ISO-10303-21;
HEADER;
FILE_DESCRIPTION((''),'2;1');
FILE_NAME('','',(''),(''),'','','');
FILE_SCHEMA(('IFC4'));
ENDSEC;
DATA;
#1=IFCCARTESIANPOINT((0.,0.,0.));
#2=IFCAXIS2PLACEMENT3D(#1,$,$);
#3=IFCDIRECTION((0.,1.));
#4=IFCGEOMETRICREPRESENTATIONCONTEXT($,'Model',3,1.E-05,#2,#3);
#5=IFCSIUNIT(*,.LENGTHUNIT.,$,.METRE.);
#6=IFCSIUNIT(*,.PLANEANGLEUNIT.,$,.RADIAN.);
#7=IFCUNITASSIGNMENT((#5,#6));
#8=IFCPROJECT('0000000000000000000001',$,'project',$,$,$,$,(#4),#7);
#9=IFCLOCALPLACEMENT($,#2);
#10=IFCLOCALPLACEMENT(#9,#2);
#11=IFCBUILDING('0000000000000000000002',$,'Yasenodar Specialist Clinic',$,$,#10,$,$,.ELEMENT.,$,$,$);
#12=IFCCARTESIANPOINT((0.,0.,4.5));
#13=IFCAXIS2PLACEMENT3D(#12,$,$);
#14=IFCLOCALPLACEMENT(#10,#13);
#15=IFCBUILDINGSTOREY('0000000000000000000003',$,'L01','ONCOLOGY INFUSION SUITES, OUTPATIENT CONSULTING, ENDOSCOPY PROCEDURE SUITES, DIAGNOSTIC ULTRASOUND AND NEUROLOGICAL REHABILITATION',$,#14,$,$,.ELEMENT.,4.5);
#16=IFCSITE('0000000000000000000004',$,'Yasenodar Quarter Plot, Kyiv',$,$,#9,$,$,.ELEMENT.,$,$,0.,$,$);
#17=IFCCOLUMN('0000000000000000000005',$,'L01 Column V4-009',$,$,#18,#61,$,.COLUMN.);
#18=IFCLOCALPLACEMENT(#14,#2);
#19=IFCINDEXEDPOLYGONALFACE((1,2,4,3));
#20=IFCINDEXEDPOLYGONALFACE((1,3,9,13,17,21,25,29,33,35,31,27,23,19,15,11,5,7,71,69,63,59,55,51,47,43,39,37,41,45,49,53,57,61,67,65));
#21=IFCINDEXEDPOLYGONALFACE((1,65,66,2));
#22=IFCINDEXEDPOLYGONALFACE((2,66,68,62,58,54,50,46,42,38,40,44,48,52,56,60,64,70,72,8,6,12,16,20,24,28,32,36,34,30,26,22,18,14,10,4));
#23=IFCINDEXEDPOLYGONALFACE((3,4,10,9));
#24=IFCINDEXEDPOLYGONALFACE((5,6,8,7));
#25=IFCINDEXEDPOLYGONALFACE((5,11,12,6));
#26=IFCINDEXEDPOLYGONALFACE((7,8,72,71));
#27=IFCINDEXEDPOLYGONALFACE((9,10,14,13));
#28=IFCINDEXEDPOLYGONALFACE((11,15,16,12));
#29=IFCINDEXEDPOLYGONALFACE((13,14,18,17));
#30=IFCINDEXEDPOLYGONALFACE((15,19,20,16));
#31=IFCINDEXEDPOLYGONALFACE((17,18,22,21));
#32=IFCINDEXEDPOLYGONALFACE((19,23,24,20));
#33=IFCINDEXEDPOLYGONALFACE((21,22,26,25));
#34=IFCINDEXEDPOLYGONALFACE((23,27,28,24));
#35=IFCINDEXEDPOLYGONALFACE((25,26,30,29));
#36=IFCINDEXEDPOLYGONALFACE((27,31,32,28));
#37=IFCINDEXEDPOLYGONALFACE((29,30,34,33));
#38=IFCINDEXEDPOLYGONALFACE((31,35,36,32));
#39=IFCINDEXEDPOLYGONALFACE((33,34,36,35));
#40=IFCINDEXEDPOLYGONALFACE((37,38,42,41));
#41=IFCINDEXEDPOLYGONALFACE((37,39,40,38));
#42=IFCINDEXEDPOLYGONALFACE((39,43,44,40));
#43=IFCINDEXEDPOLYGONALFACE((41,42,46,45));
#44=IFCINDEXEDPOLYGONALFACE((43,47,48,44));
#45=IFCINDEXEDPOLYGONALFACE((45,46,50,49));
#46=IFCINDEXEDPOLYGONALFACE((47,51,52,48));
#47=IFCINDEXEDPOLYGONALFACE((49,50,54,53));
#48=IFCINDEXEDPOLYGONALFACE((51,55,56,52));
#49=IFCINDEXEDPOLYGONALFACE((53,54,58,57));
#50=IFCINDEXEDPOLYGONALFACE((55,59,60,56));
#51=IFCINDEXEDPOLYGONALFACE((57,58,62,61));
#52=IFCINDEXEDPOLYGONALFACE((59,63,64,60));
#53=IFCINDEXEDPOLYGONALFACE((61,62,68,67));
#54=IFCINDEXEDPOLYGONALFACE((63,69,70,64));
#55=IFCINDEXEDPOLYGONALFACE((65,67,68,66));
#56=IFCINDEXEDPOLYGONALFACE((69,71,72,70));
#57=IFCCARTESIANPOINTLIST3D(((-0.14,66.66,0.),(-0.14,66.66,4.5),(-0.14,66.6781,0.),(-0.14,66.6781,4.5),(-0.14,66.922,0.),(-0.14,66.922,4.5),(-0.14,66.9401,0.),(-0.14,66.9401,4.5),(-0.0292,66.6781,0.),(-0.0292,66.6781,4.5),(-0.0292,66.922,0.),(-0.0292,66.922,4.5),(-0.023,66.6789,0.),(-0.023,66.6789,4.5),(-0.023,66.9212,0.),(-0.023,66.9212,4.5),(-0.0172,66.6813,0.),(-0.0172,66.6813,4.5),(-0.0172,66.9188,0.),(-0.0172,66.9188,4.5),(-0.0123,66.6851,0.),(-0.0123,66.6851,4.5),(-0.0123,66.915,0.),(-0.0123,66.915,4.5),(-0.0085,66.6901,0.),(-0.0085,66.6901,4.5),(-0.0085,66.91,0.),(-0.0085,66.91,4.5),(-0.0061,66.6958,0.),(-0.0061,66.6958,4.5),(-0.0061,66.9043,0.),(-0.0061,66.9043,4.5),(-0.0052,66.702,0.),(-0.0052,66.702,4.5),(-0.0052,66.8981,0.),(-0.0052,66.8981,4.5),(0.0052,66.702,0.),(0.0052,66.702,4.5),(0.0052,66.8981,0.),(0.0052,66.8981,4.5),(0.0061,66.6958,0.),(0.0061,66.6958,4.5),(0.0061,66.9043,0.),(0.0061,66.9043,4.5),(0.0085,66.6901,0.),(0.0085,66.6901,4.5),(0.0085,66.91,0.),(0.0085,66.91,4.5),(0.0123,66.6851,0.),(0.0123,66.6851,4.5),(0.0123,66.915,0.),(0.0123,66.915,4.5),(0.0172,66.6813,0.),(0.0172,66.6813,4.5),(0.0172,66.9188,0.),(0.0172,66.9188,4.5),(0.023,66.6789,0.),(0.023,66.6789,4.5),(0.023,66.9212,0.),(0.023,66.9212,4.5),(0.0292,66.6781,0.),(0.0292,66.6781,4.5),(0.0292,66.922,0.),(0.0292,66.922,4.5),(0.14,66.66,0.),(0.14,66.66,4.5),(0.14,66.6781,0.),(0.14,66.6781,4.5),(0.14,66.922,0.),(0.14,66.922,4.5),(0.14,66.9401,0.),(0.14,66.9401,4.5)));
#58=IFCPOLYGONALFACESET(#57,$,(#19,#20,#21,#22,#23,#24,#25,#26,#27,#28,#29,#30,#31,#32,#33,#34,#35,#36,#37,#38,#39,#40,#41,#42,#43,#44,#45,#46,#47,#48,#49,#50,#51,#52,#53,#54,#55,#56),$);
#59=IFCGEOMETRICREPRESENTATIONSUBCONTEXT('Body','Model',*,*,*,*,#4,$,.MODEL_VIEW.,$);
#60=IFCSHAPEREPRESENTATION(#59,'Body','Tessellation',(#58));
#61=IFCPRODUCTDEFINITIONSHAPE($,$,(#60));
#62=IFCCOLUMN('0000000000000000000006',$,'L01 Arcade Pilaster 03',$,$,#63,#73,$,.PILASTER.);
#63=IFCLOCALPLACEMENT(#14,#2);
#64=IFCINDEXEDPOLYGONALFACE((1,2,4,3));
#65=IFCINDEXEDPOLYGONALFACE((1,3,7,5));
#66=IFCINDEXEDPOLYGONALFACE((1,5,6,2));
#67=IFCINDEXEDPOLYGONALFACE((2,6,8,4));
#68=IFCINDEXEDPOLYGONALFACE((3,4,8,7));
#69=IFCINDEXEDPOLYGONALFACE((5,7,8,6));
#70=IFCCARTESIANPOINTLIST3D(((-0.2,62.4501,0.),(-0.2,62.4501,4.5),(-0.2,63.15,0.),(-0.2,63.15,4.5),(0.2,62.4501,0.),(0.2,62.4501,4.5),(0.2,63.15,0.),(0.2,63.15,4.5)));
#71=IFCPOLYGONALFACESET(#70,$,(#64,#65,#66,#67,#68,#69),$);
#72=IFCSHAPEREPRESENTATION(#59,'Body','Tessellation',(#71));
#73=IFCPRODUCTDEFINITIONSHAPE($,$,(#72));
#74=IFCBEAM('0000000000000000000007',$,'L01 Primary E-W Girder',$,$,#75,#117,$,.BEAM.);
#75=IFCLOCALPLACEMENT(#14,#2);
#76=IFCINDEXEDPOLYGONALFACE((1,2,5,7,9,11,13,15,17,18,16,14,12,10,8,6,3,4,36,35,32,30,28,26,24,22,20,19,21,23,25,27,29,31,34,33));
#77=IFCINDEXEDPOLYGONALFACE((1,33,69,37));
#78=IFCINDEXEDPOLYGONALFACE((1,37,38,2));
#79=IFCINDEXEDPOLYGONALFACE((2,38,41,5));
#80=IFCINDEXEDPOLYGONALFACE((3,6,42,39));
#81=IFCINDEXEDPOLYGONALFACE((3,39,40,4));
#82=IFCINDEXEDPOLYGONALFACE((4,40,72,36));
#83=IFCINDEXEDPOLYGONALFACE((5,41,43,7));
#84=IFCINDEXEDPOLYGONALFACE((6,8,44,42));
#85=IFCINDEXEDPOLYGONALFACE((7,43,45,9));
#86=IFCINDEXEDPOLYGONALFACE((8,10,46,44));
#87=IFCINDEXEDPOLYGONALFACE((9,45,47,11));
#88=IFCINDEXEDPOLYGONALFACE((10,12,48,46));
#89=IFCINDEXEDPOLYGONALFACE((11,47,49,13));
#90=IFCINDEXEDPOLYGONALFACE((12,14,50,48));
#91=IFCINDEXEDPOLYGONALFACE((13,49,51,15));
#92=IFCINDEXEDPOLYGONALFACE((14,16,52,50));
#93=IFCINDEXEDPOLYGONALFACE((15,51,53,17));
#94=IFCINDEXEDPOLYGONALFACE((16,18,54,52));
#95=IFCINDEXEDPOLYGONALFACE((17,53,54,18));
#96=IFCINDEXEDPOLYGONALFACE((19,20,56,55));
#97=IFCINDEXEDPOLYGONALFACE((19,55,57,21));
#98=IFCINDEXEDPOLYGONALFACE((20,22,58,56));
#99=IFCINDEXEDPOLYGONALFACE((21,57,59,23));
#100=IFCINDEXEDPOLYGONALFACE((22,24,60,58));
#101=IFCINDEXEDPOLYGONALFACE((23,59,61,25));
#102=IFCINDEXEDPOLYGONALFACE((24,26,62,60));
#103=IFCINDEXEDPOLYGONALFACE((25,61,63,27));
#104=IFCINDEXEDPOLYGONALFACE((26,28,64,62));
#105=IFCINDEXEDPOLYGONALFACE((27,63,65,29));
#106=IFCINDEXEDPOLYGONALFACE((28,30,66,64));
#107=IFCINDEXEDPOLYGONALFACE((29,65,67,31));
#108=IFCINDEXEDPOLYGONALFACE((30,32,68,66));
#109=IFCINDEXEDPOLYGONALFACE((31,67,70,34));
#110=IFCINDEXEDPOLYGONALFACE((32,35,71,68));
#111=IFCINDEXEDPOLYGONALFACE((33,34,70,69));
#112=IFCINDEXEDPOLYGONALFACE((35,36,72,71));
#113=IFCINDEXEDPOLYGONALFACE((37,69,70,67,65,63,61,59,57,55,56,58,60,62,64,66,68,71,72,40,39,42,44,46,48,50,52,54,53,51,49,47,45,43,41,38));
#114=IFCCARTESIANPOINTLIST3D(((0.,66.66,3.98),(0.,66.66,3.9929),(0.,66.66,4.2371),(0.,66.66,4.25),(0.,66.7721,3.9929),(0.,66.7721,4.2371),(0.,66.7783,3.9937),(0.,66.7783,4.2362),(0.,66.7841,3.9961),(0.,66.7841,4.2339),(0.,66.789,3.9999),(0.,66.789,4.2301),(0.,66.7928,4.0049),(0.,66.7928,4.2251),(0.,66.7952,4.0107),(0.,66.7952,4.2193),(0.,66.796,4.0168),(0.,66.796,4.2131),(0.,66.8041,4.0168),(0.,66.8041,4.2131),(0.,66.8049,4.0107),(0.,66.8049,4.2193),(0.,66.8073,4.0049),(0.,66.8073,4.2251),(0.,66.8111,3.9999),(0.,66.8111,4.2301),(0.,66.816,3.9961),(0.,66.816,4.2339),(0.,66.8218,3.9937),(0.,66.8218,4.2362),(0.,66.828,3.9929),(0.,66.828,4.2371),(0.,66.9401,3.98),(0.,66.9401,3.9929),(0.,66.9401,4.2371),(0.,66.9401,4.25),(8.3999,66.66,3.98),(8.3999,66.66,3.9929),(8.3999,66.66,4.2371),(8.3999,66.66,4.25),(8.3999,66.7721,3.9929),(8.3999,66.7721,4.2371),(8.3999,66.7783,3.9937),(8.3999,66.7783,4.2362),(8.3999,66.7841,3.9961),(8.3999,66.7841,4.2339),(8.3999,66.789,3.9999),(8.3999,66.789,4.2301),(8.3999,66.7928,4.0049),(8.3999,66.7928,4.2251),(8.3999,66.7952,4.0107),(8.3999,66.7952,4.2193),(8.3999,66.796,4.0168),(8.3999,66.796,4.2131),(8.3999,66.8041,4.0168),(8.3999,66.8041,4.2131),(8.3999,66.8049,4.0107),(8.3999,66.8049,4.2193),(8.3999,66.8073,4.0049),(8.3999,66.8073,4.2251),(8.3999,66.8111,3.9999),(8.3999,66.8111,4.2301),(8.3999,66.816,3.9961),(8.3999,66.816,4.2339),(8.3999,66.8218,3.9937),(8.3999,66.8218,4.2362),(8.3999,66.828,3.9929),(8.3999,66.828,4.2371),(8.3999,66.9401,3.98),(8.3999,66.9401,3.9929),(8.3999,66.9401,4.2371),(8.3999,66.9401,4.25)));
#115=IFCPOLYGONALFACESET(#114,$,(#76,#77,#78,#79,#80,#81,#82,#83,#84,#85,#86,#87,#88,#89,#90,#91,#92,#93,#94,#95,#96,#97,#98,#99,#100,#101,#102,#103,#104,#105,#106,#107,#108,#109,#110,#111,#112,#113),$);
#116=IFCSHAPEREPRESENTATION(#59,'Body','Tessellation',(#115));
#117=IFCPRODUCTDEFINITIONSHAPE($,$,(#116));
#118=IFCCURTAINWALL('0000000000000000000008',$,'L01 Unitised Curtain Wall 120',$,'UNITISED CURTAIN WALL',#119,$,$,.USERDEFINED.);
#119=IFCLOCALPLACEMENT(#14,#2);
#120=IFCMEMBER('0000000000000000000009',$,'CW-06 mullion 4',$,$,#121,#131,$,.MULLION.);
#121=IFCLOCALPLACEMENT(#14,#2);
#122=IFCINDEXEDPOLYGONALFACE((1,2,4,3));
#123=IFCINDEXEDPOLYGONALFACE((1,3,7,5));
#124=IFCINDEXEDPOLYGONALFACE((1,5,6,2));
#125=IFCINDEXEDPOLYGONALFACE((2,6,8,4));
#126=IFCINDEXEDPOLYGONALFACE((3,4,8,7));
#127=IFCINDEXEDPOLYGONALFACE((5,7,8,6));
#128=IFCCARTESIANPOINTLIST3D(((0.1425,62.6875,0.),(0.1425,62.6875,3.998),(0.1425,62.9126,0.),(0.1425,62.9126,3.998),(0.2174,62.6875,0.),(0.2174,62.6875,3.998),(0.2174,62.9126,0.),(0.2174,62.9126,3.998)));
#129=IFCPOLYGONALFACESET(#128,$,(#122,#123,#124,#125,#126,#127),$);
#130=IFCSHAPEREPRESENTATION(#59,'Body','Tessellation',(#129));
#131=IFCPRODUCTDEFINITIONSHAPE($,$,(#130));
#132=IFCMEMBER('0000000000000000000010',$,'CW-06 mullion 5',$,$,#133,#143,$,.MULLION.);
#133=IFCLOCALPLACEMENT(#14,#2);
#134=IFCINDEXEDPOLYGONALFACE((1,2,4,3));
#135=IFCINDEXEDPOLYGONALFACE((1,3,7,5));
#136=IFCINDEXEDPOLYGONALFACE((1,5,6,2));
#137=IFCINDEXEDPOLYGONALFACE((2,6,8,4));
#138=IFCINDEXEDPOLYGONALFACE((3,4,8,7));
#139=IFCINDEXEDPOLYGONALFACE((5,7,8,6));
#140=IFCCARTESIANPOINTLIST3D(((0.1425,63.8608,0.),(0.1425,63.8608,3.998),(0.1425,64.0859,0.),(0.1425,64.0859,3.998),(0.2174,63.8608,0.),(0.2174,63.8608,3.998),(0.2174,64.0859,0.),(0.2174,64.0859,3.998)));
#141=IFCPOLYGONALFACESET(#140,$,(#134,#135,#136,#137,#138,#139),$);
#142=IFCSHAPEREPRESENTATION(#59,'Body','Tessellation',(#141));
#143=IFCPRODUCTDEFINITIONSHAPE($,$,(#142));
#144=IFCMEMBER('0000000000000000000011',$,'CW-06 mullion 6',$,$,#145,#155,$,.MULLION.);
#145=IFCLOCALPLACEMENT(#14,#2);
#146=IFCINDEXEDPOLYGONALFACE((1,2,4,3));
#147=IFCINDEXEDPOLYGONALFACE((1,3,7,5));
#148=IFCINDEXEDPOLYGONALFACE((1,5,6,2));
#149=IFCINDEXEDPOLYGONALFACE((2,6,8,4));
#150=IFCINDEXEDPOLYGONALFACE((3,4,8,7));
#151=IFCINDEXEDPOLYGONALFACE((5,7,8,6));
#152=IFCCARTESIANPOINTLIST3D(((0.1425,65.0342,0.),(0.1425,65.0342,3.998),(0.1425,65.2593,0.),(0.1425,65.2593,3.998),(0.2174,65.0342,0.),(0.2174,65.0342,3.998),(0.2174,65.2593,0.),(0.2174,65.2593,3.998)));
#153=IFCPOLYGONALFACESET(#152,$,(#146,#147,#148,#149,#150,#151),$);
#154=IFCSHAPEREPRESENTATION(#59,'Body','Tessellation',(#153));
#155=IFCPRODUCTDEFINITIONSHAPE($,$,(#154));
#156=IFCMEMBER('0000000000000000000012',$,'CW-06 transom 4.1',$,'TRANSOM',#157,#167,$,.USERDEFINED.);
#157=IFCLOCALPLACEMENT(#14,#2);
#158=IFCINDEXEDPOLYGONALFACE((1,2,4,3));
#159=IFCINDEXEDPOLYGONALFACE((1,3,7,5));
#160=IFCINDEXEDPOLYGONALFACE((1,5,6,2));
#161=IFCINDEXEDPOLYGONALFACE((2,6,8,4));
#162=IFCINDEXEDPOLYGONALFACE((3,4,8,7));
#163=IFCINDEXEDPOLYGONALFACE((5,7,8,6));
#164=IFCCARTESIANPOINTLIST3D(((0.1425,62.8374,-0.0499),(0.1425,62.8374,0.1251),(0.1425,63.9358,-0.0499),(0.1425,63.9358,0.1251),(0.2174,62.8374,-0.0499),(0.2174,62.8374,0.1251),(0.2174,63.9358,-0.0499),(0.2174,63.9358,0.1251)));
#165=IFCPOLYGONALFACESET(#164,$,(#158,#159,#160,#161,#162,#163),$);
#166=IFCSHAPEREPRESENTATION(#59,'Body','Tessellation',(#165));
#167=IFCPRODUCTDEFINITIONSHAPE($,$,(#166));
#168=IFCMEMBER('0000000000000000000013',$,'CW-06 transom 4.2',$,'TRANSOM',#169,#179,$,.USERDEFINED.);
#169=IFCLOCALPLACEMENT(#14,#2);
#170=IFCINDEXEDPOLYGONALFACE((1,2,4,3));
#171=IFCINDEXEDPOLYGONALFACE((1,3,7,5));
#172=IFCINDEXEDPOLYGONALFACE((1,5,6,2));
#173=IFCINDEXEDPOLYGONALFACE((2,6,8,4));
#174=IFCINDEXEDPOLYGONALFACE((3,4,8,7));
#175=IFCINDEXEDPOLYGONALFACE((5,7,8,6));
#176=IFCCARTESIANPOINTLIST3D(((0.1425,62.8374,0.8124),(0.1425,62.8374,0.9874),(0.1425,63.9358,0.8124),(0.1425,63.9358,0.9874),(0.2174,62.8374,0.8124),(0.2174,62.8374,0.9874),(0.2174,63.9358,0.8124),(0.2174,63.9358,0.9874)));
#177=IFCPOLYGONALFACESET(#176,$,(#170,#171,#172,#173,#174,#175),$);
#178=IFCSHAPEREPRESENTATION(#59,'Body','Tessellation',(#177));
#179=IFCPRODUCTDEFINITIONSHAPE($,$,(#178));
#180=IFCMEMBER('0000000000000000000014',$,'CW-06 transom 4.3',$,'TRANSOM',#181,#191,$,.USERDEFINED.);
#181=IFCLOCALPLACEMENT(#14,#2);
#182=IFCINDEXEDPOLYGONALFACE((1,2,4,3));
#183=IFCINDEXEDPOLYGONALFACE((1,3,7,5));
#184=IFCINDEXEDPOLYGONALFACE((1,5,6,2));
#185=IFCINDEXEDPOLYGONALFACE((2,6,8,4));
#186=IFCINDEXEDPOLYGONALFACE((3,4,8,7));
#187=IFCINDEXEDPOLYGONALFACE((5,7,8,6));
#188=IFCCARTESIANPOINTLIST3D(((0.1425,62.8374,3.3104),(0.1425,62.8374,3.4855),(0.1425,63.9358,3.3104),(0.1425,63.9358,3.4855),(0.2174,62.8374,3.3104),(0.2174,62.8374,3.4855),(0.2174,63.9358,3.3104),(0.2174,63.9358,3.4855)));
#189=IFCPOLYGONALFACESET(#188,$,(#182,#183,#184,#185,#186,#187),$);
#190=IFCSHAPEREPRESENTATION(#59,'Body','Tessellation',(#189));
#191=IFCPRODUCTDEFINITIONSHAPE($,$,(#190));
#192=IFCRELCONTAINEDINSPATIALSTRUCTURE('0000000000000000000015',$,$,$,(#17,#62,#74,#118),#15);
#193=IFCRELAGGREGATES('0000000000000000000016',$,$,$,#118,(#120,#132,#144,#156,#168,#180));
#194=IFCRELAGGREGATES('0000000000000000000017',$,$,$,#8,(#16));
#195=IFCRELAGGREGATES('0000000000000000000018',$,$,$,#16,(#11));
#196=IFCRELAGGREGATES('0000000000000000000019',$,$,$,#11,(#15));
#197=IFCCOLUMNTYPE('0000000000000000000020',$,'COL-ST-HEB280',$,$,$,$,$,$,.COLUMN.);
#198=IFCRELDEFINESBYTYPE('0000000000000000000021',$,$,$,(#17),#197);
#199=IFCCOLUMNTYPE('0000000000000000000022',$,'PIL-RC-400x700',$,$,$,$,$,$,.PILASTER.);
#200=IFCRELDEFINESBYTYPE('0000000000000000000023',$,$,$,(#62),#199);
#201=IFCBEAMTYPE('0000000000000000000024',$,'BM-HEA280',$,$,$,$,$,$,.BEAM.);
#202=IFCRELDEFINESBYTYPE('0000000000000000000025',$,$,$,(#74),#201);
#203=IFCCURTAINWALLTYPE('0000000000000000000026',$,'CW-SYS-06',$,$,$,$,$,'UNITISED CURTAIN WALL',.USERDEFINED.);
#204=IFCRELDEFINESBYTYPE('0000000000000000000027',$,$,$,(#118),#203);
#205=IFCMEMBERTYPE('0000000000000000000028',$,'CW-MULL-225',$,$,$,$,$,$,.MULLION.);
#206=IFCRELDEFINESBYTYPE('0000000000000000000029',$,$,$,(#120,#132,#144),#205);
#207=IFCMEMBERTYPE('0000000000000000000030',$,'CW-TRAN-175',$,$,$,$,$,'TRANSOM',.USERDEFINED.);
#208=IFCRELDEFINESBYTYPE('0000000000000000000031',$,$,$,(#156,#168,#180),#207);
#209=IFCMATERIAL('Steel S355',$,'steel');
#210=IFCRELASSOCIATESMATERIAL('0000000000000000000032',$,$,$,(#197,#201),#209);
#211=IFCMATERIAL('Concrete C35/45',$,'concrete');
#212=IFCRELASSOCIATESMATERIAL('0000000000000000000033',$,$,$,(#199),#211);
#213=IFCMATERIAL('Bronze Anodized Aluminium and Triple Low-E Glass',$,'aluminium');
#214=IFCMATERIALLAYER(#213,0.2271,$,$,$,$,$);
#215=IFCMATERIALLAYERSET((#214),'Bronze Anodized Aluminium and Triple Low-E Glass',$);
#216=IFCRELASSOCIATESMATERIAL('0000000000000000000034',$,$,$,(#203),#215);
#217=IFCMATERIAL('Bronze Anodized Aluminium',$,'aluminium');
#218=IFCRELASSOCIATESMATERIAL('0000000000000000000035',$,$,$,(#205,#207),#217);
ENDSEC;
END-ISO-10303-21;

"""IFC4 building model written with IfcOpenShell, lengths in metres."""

from ifc_helpers import new_model, si_unit, direction, frame, origin, origin_2d, place, context, subcontext, project, spatial, rectangle, i_section, extrude, material, layer, layer_set, material_profile, profile_set, type_object, element, aggregate, save


model = new_model("IFC4")

# Units and contexts
model_context = context("Model", 3, precision=1e-05, world=origin(), true_north=direction((0.0, 1.0)))
body_context = subcontext(model_context, "Body", "Model", "MODEL_VIEW")
ifc_project = project(units=[si_unit("LENGTHUNIT", "METRE"), si_unit("PLANEANGLEUNIT", "RADIAN")], contexts=[model_context])

# Site, building, storey
site_placement = place(None, origin())
site = spatial("IfcSite", under=ifc_project, at=site_placement, Name="Yasenodar Quarter Plot, Kyiv", CompositionType="ELEMENT", RefElevation=0.0)
building_placement = place(site_placement, origin())
building = spatial("IfcBuilding", under=site, at=building_placement, Name="Yasenodar Specialist Clinic", CompositionType="ELEMENT")
storey_placement = place(building_placement, frame((0.0, 0.0, 4.5)))
storey = spatial("IfcBuildingStorey", under=building, at=storey_placement, Name="L01", Description="ONCOLOGY INFUSION SUITES, OUTPATIENT CONSULTING, ENDOSCOPY PROCEDURE SUITES, DIAGNOSTIC ULTRASOUND AND NEUROLOGICAL REHABILITATION", CompositionType="ELEMENT", Elevation=4.5)

# Columns
ifc_material_1 = material(Name="Steel S355", Category="steel")
ifc_material_profile_1 = material_profile(ifc_material_1, i_section(OverallWidth=0.28, OverallDepth=0.28, WebThickness=0.0105, FlangeThickness=0.0181, FilletRadius=0.0239, at=origin_2d()), Name="HEB 280")
ifc_profile_set_1 = profile_set([ifc_material_profile_1], Name="Steel S355")
column_type_1 = type_object("IfcColumnType", Name="COL-ST-HEB280", PredefinedType="COLUMN", material=ifc_profile_set_1)
column_1_placement = place(storey_placement, frame((0.0, 66.8, 0.0), z_axis=(0.0, 0.0, 1.0), x_axis=(1.0, 0.0, 0.0)))
element("IfcColumn", 1, at=column_1_placement, inside=storey, type_object=column_type_1, Name="L01 Column V4-009", PredefinedType="COLUMN", context=body_context, shape_type="SweptSolid", body=[
    extrude(i_section(OverallWidth=0.28, OverallDepth=0.28, WebThickness=0.0105, FlangeThickness=0.0181, FilletRadius=0.0239, at=origin_2d()), origin(), (0.0, 0.0, 1.0), 4.5),
])
ifc_material_2 = material(Name="Concrete C35/45", Category="concrete")
ifc_material_profile_2 = material_profile(ifc_material_2, rectangle(XDim=0.3999, YDim=0.7, at=origin_2d()), Name="RC 400x700")
ifc_profile_set_2 = profile_set([ifc_material_profile_2], Name="Concrete C35/45")
column_type_2 = type_object("IfcColumnType", Name="PIL-RC-400x700", PredefinedType="PILASTER", material=ifc_profile_set_2)
column_2_placement = place(storey_placement, frame((0.0, 62.8, 0.0), z_axis=(0.0, 0.0, 1.0), x_axis=(1.0, 0.0, 0.0)))
element("IfcColumn", 2, at=column_2_placement, inside=storey, type_object=column_type_2, Name="L01 Arcade Pilaster 03", PredefinedType="PILASTER", context=body_context, shape_type="SweptSolid", body=[
    extrude(rectangle(XDim=0.3999, YDim=0.7, at=origin_2d()), origin(), (0.0, 0.0, 1.0), 4.5),
])

# Beam
ifc_material_profile_3 = material_profile(ifc_material_1, i_section(OverallWidth=0.28, OverallDepth=0.27, WebThickness=0.0081, FlangeThickness=0.0129, FilletRadius=0.0239, at=origin_2d()), Name="HEA 280")
ifc_profile_set_3 = profile_set([ifc_material_profile_3], Name="Steel S355")
beam_type_1 = type_object("IfcBeamType", Name="BM-HEA280", PredefinedType="BEAM", material=ifc_profile_set_3)
beam_1_placement = place(storey_placement, frame((0.0, 66.8, 4.115), z_axis=(1.0, 0.0, 0.0), x_axis=(0.0, 1.0, 0.0)))
element("IfcBeam", 3, at=beam_1_placement, inside=storey, type_object=beam_type_1, Name="L01 Primary E-W Girder", PredefinedType="BEAM", context=body_context, shape_type="SweptSolid", body=[
    extrude(i_section(OverallWidth=0.28, OverallDepth=0.27, WebThickness=0.0081, FlangeThickness=0.0129, FilletRadius=0.0239, at=origin_2d()), origin(), (0.0, 0.0, 1.0), 8.3999),
])

# Curtain wall, members
ifc_material_3 = material(Name="Bronze Anodized Aluminium and Triple Low-E Glass", Category="aluminium")
ifc_layer_1 = layer(ifc_material_3, 0.2271)
ifc_layer_set_1 = layer_set([ifc_layer_1], Name="Bronze Anodized Aluminium and Triple Low-E Glass")
curtain_wall_type = type_object("IfcCurtainWallType", Name="CW-SYS-06", ElementType="UNITISED CURTAIN WALL", PredefinedType="USERDEFINED", material=ifc_layer_set_1)
curtain_wall_placement = place(storey_placement, origin())
curtain_wall = element("IfcCurtainWall", 4, at=curtain_wall_placement, inside=storey, type_object=curtain_wall_type, Name="L01 Unitised Curtain Wall 120", ObjectType="UNITISED CURTAIN WALL", PredefinedType="USERDEFINED")
ifc_material_4 = material(Name="Bronze Anodized Aluminium", Category="aluminium")
ifc_material_profile_4 = material_profile(ifc_material_4, rectangle(XDim=0.075, YDim=0.2251, at=origin_2d()), Name="CW-MULL 75x225")
ifc_profile_set_4 = profile_set([ifc_material_profile_4], Name="Bronze Anodized Aluminium")
member_type_1 = type_object("IfcMemberType", Name="CW-MULL-225", PredefinedType="MULLION", material=ifc_profile_set_4)
member_1_placement = place(storey_placement, frame((0.1799, 62.8, 0.0), z_axis=(0.0, 0.0, 1.0), x_axis=(-1.0, 0.0, 0.0)))
member_1 = element("IfcMember", 5, at=member_1_placement, type_object=member_type_1, Name="CW-06 mullion 4", PredefinedType="MULLION", context=body_context, shape_type="SweptSolid", body=[
    extrude(rectangle(XDim=0.075, YDim=0.2251, at=origin_2d()), origin(), (0.0, 0.0, 1.0), 3.998),
])
member_2_placement = place(storey_placement, frame((0.1799, 63.9734, 0.0), z_axis=(0.0, 0.0, 1.0), x_axis=(-1.0, 0.0, 0.0)))
member_2 = element("IfcMember", 6, at=member_2_placement, type_object=member_type_1, Name="CW-06 mullion 5", PredefinedType="MULLION", context=body_context, shape_type="SweptSolid", body=[
    extrude(rectangle(XDim=0.075, YDim=0.2251, at=origin_2d()), origin(), (0.0, 0.0, 1.0), 3.998),
])
member_3_placement = place(storey_placement, frame((0.1799, 65.1467, 0.0), z_axis=(0.0, 0.0, 1.0), x_axis=(-1.0, 0.0, 0.0)))
member_3 = element("IfcMember", 7, at=member_3_placement, type_object=member_type_1, Name="CW-06 mullion 6", PredefinedType="MULLION", context=body_context, shape_type="SweptSolid", body=[
    extrude(rectangle(XDim=0.075, YDim=0.2251, at=origin_2d()), origin(), (0.0, 0.0, 1.0), 3.998),
])
ifc_material_profile_5 = material_profile(ifc_material_4, rectangle(XDim=0.075, YDim=0.175, at=origin_2d()), Name="CW-TRAN 75x175")
ifc_profile_set_5 = profile_set([ifc_material_profile_5], Name="Bronze Anodized Aluminium")
member_type_2 = type_object("IfcMemberType", Name="CW-TRAN-175", ElementType="TRANSOM", PredefinedType="USERDEFINED", material=ifc_profile_set_5)
member_4_placement = place(storey_placement, frame((0.1799, 62.8374, 0.0376), z_axis=(0.0, 1.0, 0.0), x_axis=(-1.0, 0.0, 0.0)))
member_4 = element("IfcMember", 8, at=member_4_placement, type_object=member_type_2, Name="CW-06 transom 4.1", ObjectType="TRANSOM", PredefinedType="USERDEFINED", context=body_context, shape_type="SweptSolid", body=[
    extrude(rectangle(XDim=0.075, YDim=0.175, at=origin_2d()), origin(), (0.0, 0.0, 1.0), 1.0984),
])
member_5_placement = place(storey_placement, frame((0.1799, 62.8374, 0.8999), z_axis=(0.0, 1.0, 0.0), x_axis=(-1.0, 0.0, 0.0)))
member_5 = element("IfcMember", 9, at=member_5_placement, type_object=member_type_2, Name="CW-06 transom 4.2", ObjectType="TRANSOM", PredefinedType="USERDEFINED", context=body_context, shape_type="SweptSolid", body=[
    extrude(rectangle(XDim=0.075, YDim=0.175, at=origin_2d()), origin(), (0.0, 0.0, 1.0), 1.0984),
])
member_6_placement = place(storey_placement, frame((0.1799, 62.8374, 3.3979), z_axis=(0.0, 1.0, 0.0), x_axis=(-1.0, 0.0, 0.0)))
member_6 = element("IfcMember", 10, at=member_6_placement, type_object=member_type_2, Name="CW-06 transom 4.3", ObjectType="TRANSOM", PredefinedType="USERDEFINED", context=body_context, shape_type="SweptSolid", body=[
    extrude(rectangle(XDim=0.075, YDim=0.175, at=origin_2d()), origin(), (0.0, 0.0, 1.0), 1.0984),
])

aggregate(curtain_wall, [member_1, member_2, member_3, member_4, member_5, member_6])

save(model, "model.ifc")
